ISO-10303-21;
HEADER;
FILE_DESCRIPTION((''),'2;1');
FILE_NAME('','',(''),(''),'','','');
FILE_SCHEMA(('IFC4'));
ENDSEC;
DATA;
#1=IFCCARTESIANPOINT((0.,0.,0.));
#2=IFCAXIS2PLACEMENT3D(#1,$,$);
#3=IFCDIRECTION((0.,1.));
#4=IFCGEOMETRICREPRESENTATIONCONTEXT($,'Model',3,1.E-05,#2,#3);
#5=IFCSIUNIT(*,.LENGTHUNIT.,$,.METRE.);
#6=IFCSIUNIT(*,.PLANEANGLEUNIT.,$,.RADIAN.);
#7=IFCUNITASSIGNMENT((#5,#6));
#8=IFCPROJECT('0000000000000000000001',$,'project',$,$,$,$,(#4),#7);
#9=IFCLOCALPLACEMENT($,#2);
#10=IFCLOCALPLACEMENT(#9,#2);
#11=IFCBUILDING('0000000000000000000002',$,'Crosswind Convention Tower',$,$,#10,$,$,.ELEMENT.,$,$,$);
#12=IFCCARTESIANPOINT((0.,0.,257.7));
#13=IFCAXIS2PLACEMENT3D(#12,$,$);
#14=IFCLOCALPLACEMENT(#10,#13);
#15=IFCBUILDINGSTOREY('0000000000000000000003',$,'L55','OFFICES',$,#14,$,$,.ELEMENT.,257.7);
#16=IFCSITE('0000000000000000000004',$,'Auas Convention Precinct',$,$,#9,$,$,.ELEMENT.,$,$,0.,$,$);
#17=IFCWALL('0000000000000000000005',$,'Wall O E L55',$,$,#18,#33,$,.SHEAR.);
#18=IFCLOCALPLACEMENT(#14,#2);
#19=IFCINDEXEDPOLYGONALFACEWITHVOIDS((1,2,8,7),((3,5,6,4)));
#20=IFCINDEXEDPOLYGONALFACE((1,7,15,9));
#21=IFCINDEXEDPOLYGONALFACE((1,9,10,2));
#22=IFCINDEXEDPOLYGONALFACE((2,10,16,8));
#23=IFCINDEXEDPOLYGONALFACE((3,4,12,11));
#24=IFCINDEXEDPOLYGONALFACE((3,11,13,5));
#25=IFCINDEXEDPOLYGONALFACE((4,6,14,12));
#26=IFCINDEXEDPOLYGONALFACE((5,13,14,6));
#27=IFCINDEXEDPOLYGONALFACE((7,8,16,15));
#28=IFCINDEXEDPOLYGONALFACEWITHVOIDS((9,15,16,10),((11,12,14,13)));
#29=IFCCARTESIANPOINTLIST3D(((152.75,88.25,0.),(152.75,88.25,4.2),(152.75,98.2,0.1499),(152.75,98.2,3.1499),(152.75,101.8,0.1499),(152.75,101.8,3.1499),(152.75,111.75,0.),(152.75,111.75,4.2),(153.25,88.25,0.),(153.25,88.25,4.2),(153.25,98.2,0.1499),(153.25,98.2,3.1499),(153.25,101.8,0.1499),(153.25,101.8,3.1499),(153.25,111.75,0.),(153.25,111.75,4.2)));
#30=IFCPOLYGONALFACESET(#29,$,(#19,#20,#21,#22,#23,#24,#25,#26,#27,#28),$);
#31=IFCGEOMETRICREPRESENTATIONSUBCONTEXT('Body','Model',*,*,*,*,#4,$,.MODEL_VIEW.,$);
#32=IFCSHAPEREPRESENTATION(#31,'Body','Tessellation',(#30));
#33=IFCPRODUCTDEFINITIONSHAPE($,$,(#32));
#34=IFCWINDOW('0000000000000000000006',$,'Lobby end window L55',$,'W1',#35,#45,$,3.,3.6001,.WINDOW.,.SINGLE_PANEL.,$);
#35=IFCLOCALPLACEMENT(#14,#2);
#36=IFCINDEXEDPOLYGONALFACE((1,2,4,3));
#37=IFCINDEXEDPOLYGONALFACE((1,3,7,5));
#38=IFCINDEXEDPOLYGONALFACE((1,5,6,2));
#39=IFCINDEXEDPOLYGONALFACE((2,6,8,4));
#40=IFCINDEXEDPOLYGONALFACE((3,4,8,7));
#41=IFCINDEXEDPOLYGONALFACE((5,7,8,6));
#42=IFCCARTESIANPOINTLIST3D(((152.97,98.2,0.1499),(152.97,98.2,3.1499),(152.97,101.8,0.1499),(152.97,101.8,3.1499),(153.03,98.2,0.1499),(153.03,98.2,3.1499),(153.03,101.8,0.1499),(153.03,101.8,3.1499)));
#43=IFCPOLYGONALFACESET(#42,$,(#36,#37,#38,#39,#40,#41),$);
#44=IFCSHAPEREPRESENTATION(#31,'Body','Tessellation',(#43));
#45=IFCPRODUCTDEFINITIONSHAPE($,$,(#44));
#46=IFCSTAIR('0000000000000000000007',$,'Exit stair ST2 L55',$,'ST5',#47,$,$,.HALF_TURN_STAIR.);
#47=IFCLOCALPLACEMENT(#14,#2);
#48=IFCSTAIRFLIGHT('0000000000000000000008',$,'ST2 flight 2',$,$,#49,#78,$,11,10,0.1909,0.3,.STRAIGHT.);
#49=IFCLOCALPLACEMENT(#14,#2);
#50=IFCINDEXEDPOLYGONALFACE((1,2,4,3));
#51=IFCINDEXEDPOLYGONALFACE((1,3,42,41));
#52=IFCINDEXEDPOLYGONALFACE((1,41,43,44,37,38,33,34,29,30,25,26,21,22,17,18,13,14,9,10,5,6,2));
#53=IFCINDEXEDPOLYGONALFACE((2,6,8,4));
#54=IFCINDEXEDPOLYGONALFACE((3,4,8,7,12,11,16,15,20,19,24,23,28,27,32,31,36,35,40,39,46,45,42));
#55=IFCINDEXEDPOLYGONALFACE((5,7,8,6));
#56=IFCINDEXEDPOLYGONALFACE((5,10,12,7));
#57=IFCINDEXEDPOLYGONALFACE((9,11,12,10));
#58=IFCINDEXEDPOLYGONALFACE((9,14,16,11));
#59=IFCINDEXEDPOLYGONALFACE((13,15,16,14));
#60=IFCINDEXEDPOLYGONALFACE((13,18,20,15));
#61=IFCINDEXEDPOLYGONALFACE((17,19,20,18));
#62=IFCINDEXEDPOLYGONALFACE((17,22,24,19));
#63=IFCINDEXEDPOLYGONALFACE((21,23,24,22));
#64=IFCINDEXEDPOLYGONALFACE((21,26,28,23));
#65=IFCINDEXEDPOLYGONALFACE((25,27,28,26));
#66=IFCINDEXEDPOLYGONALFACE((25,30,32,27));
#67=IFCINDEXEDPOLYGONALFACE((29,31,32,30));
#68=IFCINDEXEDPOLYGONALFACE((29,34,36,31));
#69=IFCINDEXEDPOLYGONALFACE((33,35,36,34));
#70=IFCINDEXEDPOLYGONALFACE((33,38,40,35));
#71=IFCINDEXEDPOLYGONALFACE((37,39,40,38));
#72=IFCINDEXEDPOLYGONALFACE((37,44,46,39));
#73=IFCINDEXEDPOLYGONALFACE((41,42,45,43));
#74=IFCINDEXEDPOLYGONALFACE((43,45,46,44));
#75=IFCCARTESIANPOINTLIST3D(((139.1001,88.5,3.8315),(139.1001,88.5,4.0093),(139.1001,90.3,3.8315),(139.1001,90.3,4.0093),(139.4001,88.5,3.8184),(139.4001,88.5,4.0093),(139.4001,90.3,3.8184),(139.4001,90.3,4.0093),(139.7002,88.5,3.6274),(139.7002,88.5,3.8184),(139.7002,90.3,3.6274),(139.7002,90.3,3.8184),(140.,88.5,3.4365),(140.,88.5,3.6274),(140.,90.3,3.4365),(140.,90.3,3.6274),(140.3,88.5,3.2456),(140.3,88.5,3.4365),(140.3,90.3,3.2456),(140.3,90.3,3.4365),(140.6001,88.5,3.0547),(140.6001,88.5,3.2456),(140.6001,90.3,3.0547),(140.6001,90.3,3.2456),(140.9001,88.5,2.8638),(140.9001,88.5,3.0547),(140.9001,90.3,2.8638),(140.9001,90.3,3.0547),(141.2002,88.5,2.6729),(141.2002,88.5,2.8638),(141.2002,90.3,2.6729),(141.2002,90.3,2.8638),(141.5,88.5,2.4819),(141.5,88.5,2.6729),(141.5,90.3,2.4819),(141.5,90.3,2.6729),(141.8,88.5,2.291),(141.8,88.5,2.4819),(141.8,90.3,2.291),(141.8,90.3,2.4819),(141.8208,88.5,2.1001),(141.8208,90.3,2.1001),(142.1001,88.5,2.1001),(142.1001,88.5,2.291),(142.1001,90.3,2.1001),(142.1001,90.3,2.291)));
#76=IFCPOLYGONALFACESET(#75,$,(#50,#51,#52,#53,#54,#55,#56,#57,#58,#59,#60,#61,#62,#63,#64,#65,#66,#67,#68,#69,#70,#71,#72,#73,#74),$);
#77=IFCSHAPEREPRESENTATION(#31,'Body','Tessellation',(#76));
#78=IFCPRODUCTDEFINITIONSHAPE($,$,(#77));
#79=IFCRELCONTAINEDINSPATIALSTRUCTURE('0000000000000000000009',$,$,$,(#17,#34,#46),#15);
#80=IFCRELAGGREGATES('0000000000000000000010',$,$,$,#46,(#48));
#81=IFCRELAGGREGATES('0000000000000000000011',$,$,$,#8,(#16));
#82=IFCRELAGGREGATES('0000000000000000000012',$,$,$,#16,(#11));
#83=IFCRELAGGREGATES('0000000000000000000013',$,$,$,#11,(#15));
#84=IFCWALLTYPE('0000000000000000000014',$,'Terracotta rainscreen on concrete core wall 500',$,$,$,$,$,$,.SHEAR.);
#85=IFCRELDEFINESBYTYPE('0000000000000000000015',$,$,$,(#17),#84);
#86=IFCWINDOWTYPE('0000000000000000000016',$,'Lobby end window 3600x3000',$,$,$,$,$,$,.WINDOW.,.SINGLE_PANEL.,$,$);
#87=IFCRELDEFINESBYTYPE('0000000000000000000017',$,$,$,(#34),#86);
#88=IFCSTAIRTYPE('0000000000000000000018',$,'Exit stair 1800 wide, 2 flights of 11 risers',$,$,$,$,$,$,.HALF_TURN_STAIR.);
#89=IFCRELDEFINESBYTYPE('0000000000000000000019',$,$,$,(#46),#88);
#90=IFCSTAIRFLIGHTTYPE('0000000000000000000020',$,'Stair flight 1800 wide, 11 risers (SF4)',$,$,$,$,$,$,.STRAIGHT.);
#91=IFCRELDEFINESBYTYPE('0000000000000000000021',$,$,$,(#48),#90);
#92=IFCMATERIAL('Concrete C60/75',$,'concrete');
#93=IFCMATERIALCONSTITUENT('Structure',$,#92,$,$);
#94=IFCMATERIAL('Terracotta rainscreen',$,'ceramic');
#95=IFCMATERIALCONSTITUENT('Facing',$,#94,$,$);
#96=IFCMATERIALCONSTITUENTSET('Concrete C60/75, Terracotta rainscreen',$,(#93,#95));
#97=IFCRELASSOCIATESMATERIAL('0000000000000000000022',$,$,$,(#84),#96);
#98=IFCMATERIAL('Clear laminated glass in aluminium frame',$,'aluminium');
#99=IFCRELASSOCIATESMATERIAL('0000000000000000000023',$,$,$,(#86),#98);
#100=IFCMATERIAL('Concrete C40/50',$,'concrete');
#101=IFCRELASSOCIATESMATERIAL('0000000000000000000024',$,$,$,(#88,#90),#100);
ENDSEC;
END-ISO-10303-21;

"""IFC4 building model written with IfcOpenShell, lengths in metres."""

from ifc_helpers import new_model, si_unit, direction, frame, frame_2d, origin, place, context, subcontext, project, spatial, polyline, rectangle, outline, extrude, material, constituent, constituent_set, type_object, element, fill, aggregate, save


model = new_model("IFC4")

# Units and contexts
model_context = context("Model", 3, precision=1e-05, world=origin(), true_north=direction((0.0, 1.0)))
body_context = subcontext(model_context, "Body", "Model", "MODEL_VIEW")
ifc_project = project(units=[si_unit("LENGTHUNIT", "METRE"), si_unit("PLANEANGLEUNIT", "RADIAN")], contexts=[model_context])

# Site, building, storey
site_placement = place(None, origin())
site = spatial("IfcSite", under=ifc_project, at=site_placement, Name="Auas Convention Precinct", CompositionType="ELEMENT", RefElevation=0.0)
building_placement = place(site_placement, origin())
building = spatial("IfcBuilding", under=site, at=building_placement, Name="Crosswind Convention Tower", CompositionType="ELEMENT")
storey_placement = place(building_placement, frame((0.0, 0.0, 257.7)))
storey = spatial("IfcBuildingStorey", under=building, at=storey_placement, Name="L55", Description="OFFICES", CompositionType="ELEMENT", Elevation=257.7)

# Wall, opening, window
ifc_material_1 = material(Name="Concrete C60/75", Category="concrete")
ifc_constituent_1 = constituent(ifc_material_1, Name="Structure")
ifc_material_2 = material(Name="Terracotta rainscreen", Category="ceramic")
ifc_constituent_2 = constituent(ifc_material_2, Name="Facing")
ifc_constituent_set = constituent_set(constituents=[ifc_constituent_1, ifc_constituent_2], Name="Concrete C60/75, Terracotta rainscreen")
wall_type_1 = type_object("IfcWallType", Name="Terracotta rainscreen on concrete core wall 500", PredefinedType="SHEAR", material=ifc_constituent_set)
wall_1_placement = place(storey_placement, frame((153.0, 88.25, 0.0), z_axis=(0.0, 0.0, 1.0), x_axis=(0.0, 1.0, 0.0)))
wall_1 = element("IfcWall", 1, at=wall_1_placement, inside=storey, type_object=wall_type_1, Name="Wall O E L55", PredefinedType="SHEAR", context=body_context, shape_type="SweptSolid", body=[
    extrude(rectangle(XDim=23.5, YDim=0.5, at=frame_2d((11.75, 0.0))), origin(), (0.0, 0.0, 1.0), 4.2),
])
opening_1_placement = place(wall_1_placement, frame((9.95, 0.0, 0.1499)))
opening_1 = element("IfcOpeningElement", 2, at=opening_1_placement, cuts=wall_1, PredefinedType="OPENING", context=body_context, shape_type="SweptSolid", body=[
    extrude(rectangle(XDim=3.6001, YDim=3.0, at=frame_2d((1.8, 1.5))), frame((0.0, 0.26, 0.0), z_axis=(0.0, -1.0, 0.0), x_axis=(1.0, 0.0, 0.0)), (0.0, 0.0, 1.0), 0.52),
])
ifc_material_3 = material(Name="Clear laminated glass in aluminium frame", Category="aluminium")
window_type = type_object("IfcWindowType", Name="Lobby end window 3600x3000", PartitioningType="SINGLE_PANEL", PredefinedType="WINDOW", material=ifc_material_3)
window_placement = place(opening_1_placement, origin())
window = element("IfcWindow", 3, at=window_placement, inside=storey, type_object=window_type, Name="Lobby end window L55", ObjectType="W1", OverallHeight=3.0, OverallWidth=3.6001, PartitioningType="SINGLE_PANEL", PredefinedType="WINDOW", context=body_context, shape_type="SweptSolid", body=[
    extrude(rectangle(XDim=3.6001, YDim=3.0, at=frame_2d((1.8, 1.5))), frame((0.0, 0.03, 0.0), z_axis=(0.0, -1.0, 0.0), x_axis=(1.0, 0.0, 0.0)), (0.0, 0.0, 1.0), 0.0601),
])
fill(opening_1, window)

# Stair, stair flight
ifc_material_4 = material(Name="Concrete C40/50", Category="concrete")
stair_type = type_object("IfcStairType", Name="Exit stair 1800 wide, 2 flights of 11 risers", PredefinedType="HALF_TURN_STAIR", material=ifc_material_4)
stair_placement = place(storey_placement, origin())
stair = element("IfcStair", 4, at=stair_placement, inside=storey, type_object=stair_type, Name="Exit stair ST2 L55", ObjectType="ST5", PredefinedType="HALF_TURN_STAIR")
stair_flight_type = type_object("IfcStairFlightType", Name="Stair flight 1800 wide, 11 risers (SF4)", PredefinedType="STRAIGHT", material=ifc_material_4)
stair_flight_placement = place(storey_placement, frame((142.1001, 89.3999, 2.1001), z_axis=(0.0, 0.0, 1.0), x_axis=(-1.0, 0.0, 0.0)))
stair_flight = element("IfcStairFlight", 5, at=stair_flight_placement, type_object=stair_flight_type, Name="ST2 flight 2", NumberOfRisers=11, NumberOfTreads=10, PredefinedType="STRAIGHT", RiserHeight=0.1909, TreadLength=0.3, context=body_context, shape_type="SweptSolid", body=[
    extrude(outline(polyline([(0.0, 0.0), (0.0, 0.1909), (0.3, 0.1909), (0.3, 0.3818), (0.6001, 0.3818), (0.6001, 0.5728), (0.8999, 0.5728), (0.8999, 0.7637), (1.2, 0.7637), (1.2, 0.9546), (1.5, 0.9546), (1.5, 1.1455), (1.8, 1.1455), (1.8, 1.3364), (2.1001, 1.3364), (2.1001, 1.5273), (2.3999, 1.5273), (2.3999, 1.7183), (2.7, 1.7183), (2.7, 1.9092), (3.0, 1.9092), (3.0, 2.1001), (3.0, 1.7314), (0.2793, 0.0), (0.0, 0.0)])), frame((0.0, 0.8999, 0.0), z_axis=(0.0, -1.0, 0.0), x_axis=(1.0, 0.0, 0.0)), (0.0, 0.0, 1.0), 1.8),
])
aggregate(stair, [stair_flight])

save(model, "model.ifc")
